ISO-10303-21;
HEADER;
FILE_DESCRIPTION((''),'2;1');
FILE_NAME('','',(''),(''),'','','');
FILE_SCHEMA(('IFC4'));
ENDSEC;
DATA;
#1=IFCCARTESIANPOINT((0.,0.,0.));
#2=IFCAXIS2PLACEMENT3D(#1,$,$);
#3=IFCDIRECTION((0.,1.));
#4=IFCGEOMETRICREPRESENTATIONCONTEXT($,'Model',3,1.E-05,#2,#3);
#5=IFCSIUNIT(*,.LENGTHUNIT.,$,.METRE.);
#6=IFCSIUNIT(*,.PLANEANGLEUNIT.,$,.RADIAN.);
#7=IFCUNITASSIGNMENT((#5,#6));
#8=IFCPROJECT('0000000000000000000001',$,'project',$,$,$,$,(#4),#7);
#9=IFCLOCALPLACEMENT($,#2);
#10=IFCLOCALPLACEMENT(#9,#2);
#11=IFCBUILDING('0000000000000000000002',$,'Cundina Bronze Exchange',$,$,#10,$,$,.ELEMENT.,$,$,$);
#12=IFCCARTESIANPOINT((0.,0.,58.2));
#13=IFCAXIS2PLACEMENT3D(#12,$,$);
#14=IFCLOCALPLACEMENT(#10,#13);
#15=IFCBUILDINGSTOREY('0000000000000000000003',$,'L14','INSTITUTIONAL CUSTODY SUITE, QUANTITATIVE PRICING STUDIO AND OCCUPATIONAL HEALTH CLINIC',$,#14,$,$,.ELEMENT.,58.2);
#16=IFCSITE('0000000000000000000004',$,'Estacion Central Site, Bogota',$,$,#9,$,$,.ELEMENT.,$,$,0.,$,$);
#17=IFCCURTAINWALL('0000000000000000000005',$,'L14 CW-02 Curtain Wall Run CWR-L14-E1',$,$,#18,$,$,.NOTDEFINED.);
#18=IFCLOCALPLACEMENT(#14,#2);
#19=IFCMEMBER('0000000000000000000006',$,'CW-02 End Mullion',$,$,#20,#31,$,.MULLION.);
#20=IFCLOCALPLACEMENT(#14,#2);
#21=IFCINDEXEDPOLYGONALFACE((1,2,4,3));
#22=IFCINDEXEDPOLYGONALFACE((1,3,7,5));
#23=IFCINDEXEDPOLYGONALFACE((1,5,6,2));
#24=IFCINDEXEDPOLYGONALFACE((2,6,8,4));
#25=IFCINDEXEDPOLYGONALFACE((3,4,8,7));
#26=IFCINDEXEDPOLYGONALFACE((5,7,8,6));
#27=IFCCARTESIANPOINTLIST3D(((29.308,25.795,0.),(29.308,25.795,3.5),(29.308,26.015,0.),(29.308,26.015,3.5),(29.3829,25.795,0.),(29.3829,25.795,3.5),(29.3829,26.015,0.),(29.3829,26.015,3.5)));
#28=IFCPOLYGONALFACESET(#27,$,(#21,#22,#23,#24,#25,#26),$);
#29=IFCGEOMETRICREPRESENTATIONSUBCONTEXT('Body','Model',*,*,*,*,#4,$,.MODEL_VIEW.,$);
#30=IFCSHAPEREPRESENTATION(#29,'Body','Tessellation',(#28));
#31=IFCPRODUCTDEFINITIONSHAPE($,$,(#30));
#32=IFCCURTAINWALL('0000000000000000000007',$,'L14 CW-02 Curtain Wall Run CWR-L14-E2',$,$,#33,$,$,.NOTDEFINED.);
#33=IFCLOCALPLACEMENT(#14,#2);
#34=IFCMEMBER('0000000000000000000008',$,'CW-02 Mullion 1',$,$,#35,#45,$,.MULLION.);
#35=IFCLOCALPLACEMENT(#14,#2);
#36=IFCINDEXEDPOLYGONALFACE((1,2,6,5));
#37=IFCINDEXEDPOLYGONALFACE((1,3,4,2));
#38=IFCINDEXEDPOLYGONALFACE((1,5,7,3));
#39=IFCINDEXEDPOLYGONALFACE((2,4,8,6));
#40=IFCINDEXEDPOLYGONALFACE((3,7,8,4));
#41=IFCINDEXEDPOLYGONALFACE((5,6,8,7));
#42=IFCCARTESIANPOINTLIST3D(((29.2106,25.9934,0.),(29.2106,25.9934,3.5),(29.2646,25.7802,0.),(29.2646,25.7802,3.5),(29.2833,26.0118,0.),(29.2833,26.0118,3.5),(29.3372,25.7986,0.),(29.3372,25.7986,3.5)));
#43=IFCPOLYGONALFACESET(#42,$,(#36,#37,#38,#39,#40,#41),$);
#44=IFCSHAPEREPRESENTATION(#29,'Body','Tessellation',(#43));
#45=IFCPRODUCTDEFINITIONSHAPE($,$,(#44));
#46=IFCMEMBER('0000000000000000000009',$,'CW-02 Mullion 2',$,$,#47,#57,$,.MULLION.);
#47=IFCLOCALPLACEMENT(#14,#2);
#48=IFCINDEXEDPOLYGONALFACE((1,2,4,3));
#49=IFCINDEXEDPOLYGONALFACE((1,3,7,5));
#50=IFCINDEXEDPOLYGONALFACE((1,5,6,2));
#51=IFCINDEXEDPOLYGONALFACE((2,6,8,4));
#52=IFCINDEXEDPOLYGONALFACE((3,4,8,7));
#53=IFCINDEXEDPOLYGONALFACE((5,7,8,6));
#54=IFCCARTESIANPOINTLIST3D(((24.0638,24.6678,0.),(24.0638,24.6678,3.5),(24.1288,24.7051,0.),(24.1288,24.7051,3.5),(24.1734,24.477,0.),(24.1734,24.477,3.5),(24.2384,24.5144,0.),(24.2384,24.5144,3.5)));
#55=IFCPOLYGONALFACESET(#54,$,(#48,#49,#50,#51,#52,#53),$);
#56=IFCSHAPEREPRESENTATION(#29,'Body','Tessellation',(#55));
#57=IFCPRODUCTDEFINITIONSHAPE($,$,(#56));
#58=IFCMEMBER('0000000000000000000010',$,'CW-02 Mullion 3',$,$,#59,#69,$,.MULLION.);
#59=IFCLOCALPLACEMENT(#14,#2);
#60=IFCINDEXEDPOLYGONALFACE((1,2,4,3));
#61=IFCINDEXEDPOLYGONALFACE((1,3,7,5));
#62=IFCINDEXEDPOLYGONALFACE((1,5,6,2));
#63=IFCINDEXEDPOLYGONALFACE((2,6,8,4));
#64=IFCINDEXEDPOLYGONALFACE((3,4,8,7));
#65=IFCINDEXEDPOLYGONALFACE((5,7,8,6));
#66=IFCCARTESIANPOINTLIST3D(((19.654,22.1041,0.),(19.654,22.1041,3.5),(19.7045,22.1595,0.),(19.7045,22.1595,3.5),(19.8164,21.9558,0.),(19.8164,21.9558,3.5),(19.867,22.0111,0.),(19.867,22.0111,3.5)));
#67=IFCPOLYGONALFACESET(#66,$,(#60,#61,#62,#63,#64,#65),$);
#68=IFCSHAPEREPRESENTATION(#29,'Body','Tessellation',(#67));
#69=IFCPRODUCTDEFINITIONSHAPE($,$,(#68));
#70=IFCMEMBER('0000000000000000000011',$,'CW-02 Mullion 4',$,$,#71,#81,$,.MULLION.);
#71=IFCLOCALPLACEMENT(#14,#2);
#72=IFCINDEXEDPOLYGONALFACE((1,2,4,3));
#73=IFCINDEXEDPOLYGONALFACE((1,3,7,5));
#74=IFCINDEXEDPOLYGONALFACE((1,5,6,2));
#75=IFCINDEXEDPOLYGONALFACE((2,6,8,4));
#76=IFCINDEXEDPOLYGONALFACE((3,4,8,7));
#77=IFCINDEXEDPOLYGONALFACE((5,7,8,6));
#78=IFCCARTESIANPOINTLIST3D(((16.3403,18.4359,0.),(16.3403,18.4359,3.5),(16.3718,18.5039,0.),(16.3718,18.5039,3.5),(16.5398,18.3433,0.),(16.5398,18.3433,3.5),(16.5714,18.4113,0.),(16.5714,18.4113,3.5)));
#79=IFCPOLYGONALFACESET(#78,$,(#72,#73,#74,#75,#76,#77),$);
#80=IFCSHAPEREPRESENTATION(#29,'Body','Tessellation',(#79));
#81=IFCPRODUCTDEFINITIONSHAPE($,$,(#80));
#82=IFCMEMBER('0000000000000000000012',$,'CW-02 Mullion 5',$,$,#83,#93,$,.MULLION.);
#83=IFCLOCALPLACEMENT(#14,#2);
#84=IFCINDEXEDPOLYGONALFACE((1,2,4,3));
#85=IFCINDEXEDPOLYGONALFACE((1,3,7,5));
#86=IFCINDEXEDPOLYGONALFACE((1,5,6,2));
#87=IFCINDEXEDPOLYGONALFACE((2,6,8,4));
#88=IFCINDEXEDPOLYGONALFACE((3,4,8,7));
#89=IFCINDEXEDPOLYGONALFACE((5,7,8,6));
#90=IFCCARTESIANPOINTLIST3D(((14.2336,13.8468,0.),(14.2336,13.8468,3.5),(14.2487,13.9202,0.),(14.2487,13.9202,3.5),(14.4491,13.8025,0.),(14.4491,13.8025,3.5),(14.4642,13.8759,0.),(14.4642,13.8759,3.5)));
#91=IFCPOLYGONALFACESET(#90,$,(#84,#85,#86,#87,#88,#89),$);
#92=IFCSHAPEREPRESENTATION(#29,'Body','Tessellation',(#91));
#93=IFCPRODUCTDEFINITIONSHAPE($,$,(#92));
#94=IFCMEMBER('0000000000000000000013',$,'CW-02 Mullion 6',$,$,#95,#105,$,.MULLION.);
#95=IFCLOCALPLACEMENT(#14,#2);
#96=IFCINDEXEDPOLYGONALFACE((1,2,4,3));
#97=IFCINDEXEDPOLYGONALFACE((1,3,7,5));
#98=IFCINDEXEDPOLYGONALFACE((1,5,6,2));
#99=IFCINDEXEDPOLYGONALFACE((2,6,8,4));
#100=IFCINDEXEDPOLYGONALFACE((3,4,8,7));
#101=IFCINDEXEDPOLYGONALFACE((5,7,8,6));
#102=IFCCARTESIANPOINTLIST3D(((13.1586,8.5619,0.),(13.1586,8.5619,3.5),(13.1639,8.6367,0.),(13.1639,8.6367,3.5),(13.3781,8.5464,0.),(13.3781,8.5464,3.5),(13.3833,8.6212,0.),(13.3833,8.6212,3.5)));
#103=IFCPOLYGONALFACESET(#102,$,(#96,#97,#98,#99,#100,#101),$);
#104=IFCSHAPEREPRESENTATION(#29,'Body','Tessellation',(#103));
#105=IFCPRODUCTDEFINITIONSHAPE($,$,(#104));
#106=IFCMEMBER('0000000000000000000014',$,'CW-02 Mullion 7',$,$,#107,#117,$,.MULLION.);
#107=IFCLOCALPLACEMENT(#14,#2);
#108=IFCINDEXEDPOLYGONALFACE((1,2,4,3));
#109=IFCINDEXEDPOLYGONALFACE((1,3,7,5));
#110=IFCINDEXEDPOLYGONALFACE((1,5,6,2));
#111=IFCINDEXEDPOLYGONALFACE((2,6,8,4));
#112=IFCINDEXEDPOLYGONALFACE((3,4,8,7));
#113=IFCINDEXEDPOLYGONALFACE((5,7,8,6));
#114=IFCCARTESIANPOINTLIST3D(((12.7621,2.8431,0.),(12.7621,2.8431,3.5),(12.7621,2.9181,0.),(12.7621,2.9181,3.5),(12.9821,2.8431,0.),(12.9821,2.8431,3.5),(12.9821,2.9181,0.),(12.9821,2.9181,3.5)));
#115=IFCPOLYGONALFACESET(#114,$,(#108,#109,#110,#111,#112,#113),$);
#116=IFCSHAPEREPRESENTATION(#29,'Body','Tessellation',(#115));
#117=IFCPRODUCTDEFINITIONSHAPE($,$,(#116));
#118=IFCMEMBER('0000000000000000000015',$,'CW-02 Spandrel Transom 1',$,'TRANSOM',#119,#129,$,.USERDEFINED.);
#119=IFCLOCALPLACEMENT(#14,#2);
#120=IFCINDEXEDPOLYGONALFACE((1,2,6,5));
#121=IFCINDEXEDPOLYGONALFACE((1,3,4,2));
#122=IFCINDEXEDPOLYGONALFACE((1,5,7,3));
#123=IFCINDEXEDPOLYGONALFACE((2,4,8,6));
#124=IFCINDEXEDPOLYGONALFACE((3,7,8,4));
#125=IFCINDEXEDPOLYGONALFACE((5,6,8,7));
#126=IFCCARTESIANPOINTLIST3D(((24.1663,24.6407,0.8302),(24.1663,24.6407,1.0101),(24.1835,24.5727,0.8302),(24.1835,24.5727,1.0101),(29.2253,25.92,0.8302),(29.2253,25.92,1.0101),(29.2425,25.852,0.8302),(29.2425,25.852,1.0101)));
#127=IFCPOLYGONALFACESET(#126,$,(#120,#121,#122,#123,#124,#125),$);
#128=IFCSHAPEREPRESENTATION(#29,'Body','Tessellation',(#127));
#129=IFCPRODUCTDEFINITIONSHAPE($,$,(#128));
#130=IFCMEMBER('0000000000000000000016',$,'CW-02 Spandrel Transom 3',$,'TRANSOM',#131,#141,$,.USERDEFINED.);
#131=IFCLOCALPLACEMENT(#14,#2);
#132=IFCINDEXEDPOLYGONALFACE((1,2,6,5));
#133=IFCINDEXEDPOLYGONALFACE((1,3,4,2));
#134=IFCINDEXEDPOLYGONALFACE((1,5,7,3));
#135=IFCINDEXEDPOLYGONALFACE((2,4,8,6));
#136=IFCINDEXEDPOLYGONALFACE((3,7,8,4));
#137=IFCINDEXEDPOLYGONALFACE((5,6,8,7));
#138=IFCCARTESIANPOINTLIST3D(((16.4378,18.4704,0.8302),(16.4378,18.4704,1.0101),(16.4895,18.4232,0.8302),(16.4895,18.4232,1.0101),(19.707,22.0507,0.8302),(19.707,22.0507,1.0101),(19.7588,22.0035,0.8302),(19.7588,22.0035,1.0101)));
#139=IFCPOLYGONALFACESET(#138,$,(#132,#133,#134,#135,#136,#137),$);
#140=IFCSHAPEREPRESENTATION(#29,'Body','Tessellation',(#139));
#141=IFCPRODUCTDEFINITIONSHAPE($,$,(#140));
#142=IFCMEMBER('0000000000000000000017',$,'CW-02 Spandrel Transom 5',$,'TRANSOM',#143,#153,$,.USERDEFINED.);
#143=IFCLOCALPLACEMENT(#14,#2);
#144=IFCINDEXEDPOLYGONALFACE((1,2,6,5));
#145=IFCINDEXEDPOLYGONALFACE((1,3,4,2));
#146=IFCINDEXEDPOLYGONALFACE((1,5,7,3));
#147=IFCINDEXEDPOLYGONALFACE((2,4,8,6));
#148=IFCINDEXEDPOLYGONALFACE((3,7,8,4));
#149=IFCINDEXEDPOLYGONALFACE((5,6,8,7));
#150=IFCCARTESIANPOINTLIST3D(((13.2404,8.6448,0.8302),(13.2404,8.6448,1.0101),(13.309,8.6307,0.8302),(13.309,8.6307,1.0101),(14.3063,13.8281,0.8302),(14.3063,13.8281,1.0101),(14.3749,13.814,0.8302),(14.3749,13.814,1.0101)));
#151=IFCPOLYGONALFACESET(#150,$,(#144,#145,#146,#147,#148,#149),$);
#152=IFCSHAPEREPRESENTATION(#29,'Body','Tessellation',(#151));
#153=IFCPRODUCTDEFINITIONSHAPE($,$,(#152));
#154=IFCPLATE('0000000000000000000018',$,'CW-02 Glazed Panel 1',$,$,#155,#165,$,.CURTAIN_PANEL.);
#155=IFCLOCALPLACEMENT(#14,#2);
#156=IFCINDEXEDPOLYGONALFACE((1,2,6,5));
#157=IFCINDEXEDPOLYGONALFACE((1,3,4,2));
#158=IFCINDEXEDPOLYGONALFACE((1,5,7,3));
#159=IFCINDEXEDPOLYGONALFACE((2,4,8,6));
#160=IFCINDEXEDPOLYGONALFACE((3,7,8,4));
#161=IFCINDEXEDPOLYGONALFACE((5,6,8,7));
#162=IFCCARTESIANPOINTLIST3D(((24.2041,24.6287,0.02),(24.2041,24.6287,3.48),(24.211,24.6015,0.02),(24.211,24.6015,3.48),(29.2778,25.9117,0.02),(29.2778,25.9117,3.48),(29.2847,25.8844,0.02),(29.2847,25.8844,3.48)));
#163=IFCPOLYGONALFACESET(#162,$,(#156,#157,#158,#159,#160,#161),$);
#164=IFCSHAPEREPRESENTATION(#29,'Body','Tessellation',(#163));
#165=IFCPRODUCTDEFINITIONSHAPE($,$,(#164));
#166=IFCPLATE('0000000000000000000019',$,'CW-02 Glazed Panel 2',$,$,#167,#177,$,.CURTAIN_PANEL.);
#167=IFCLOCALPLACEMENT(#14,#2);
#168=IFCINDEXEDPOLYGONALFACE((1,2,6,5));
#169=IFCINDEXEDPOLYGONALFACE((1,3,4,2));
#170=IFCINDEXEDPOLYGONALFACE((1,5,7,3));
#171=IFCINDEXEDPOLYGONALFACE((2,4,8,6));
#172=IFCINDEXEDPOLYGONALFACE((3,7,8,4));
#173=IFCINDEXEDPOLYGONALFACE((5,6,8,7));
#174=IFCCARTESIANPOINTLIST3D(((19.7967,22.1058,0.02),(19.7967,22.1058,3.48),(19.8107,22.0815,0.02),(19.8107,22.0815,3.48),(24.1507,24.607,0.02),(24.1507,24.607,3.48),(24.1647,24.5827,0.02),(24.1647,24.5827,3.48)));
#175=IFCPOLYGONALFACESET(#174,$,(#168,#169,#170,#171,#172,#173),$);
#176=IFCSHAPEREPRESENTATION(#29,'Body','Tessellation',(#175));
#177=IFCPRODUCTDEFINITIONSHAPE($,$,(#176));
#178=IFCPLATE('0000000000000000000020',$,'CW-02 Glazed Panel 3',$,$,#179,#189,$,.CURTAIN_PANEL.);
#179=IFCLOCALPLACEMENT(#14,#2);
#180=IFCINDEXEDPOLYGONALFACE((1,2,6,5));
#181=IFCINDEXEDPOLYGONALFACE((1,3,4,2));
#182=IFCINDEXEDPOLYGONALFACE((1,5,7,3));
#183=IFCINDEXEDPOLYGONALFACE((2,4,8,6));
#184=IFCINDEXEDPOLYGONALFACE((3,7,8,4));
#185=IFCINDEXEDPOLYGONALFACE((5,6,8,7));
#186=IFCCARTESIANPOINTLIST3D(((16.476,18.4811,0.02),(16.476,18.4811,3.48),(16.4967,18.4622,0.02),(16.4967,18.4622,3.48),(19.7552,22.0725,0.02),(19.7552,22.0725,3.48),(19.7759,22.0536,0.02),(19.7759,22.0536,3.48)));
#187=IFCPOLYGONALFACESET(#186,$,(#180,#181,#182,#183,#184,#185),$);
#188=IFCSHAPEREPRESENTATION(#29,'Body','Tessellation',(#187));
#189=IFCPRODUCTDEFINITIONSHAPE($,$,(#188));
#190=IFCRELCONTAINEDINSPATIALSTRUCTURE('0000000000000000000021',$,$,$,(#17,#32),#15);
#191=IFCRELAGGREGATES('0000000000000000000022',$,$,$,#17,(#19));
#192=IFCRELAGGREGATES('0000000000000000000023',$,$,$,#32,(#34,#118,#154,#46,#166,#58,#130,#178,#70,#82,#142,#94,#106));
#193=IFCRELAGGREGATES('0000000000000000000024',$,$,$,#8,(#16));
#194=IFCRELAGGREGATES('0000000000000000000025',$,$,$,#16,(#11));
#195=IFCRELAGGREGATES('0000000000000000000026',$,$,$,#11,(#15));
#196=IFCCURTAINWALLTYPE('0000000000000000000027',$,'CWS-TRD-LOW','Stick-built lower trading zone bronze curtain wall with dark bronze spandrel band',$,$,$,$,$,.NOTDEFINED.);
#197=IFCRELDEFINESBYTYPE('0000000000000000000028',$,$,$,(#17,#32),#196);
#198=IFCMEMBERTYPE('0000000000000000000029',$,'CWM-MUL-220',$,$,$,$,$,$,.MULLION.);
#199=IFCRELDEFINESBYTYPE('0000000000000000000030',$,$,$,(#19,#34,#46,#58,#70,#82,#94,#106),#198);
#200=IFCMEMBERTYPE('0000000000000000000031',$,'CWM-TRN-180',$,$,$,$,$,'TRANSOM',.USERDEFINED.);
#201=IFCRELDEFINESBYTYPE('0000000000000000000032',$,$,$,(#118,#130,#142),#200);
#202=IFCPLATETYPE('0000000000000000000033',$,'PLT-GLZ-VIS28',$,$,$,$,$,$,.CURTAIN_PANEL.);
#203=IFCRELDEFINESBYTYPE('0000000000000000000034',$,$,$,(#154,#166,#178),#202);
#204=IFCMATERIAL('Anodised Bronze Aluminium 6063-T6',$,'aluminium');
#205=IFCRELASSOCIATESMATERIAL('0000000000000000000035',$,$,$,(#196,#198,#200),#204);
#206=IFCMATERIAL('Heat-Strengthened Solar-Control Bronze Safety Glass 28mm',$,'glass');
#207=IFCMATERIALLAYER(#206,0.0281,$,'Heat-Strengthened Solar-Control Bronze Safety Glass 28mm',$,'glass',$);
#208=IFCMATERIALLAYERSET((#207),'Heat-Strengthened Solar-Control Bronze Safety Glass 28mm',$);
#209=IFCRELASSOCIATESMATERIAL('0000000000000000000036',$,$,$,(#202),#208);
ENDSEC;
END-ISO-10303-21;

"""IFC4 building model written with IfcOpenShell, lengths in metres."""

from ifc_helpers import new_model, si_unit, direction, frame, origin, origin_2d, place, context, subcontext, project, spatial, rectangle, extrude, material, layer, layer_set, material_profile, profile_set, type_object, element, aggregate, save


model = new_model("IFC4")

# Units and contexts
model_context = context("Model", 3, precision=1e-05, world=origin(), true_north=direction((0.0, 1.0)))
body_context = subcontext(model_context, "Body", "Model", "MODEL_VIEW")
ifc_project = project(units=[si_unit("LENGTHUNIT", "METRE"), si_unit("PLANEANGLEUNIT", "RADIAN")], contexts=[model_context])

# Site, building, storey
site_placement = place(None, origin())
site = spatial("IfcSite", under=ifc_project, at=site_placement, Name="Estacion Central Site, Bogota", CompositionType="ELEMENT", RefElevation=0.0)
building_placement = place(site_placement, origin())
building = spatial("IfcBuilding", under=site, at=building_placement, Name="Cundina Bronze Exchange", CompositionType="ELEMENT")
storey_placement = place(building_placement, frame((0.0, 0.0, 58.2)))
storey = spatial("IfcBuildingStorey", under=building, at=storey_placement, Name="L14", Description="INSTITUTIONAL CUSTODY SUITE, QUANTITATIVE PRICING STUDIO AND OCCUPATIONAL HEALTH CLINIC", CompositionType="ELEMENT", Elevation=58.2)

# Curtain wall, member
ifc_material_1 = material(Name="Anodised Bronze Aluminium 6063-T6", Category="aluminium")
curtain_wall_type = type_object("IfcCurtainWallType", Name="CWS-TRD-LOW", Description="Stick-built lower trading zone bronze curtain wall with dark bronze spandrel band", PredefinedType="NOTDEFINED", material=ifc_material_1)
curtain_wall_1_placement = place(storey_placement, origin())
curtain_wall_1 = element("IfcCurtainWall", 1, at=curtain_wall_1_placement, inside=storey, type_object=curtain_wall_type, Name="L14 CW-02 Curtain Wall Run CWR-L14-E1", PredefinedType="NOTDEFINED")
ifc_material_profile_1 = material_profile(ifc_material_1, rectangle(XDim=0.075, YDim=0.22, at=origin_2d()), Name="AL75X220", Category="aluminium")
ifc_profile_set_1 = profile_set([ifc_material_profile_1], Name="Anodised Bronze Aluminium 6063-T6")
member_type_1 = type_object("IfcMemberType", Name="CWM-MUL-220", PredefinedType="MULLION", material=ifc_profile_set_1)
member_1_placement = place(storey_placement, frame((29.3455, 25.905, 0.0), z_axis=(0.0, 0.0, 1.0), x_axis=(-1.0, 0.0, 0.0)))
member_1 = element("IfcMember", 2, at=member_1_placement, type_object=member_type_1, Name="CW-02 End Mullion", PredefinedType="MULLION", context=body_context, shape_type="SweptSolid", body=[
    extrude(rectangle(XDim=0.075, YDim=0.22, at=origin_2d()), origin(), (0.0, 0.0, 1.0), 3.5),
])
aggregate(curtain_wall_1, [member_1])

# Curtain wall, members, plates
curtain_wall_2_placement = place(storey_placement, origin())
curtain_wall_2 = element("IfcCurtainWall", 3, at=curtain_wall_2_placement, inside=storey, type_object=curtain_wall_type, Name="L14 CW-02 Curtain Wall Run CWR-L14-E2", PredefinedType="NOTDEFINED")
member_2_placement = place(storey_placement, frame((29.2739, 25.896, 0.0), z_axis=(0.0, 0.0, 1.0), x_axis=(-0.969488, -0.245138, 0.0)))
member_2 = element("IfcMember", 4, at=member_2_placement, type_object=member_type_1, Name="CW-02 Mullion 1", PredefinedType="MULLION", context=body_context, shape_type="SweptSolid", body=[
    extrude(rectangle(XDim=0.075, YDim=0.22, at=origin_2d()), origin(), (0.0, 0.0, 1.0), 3.5),
])
member_3_placement = place(storey_placement, frame((24.1511, 24.5911, 0.0), z_axis=(0.0, 0.0, 1.0), x_axis=(-0.867071, -0.498185, 0.0)))
member_3 = element("IfcMember", 5, at=member_3_placement, type_object=member_type_1, Name="CW-02 Mullion 2", PredefinedType="MULLION", context=body_context, shape_type="SweptSolid", body=[
    extrude(rectangle(XDim=0.075, YDim=0.22, at=origin_2d()), origin(), (0.0, 0.0, 1.0), 3.5),
])
member_4_placement = place(storey_placement, frame((19.7605, 22.0576, 0.0), z_axis=(0.0, 0.0, 1.0), x_axis=(-0.674302, -0.738455, 0.0)))
member_4 = element("IfcMember", 6, at=member_4_placement, type_object=member_type_1, Name="CW-02 Mullion 3", PredefinedType="MULLION", context=body_context, shape_type="SweptSolid", body=[
    extrude(rectangle(XDim=0.075, YDim=0.22, at=origin_2d()), origin(), (0.0, 0.0, 1.0), 3.5),
])
member_5_placement = place(storey_placement, frame((16.4558, 18.4236, 0.0), z_axis=(0.0, 0.0, 1.0), x_axis=(-0.420877, -0.907117, 0.0)))
member_5 = element("IfcMember", 7, at=member_5_placement, type_object=member_type_1, Name="CW-02 Mullion 4", PredefinedType="MULLION", context=body_context, shape_type="SweptSolid", body=[
    extrude(rectangle(XDim=0.075, YDim=0.22, at=origin_2d()), origin(), (0.0, 0.0, 1.0), 3.5),
])
member_6_placement = place(storey_placement, frame((14.3489, 13.8613, 0.0), z_axis=(0.0, 0.0, 1.0), x_axis=(-0.20142, -0.979505, 0.0)))
member_6 = element("IfcMember", 8, at=member_6_placement, type_object=member_type_1, Name="CW-02 Mullion 5", PredefinedType="MULLION", context=body_context, shape_type="SweptSolid", body=[
    extrude(rectangle(XDim=0.075, YDim=0.22, at=origin_2d()), origin(), (0.0, 0.0, 1.0), 3.5),
])
member_7_placement = place(storey_placement, frame((13.271, 8.5916, 0.0), z_axis=(0.0, 0.0, 1.0), x_axis=(-0.070279, -0.997527, 0.0)))
member_7 = element("IfcMember", 9, at=member_7_placement, type_object=member_type_1, Name="CW-02 Mullion 6", PredefinedType="MULLION", context=body_context, shape_type="SweptSolid", body=[
    extrude(rectangle(XDim=0.075, YDim=0.22, at=origin_2d()), origin(), (0.0, 0.0, 1.0), 3.5),
])
member_8_placement = place(storey_placement, frame((12.8721, 2.8806, 0.0), z_axis=(0.0, 0.0, 1.0), x_axis=(0.0, -1.0, 0.0)))
member_8 = element("IfcMember", 10, at=member_8_placement, type_object=member_type_1, Name="CW-02 Mullion 7", PredefinedType="MULLION", context=body_context, shape_type="SweptSolid", body=[
    extrude(rectangle(XDim=0.075, YDim=0.22, at=origin_2d()), origin(), (0.0, 0.0, 1.0), 3.5),
])
ifc_material_profile_2 = material_profile(ifc_material_1, rectangle(XDim=0.0701, YDim=0.1799, at=origin_2d()), Name="AL70X180", Category="aluminium")
ifc_profile_set_2 = profile_set([ifc_material_profile_2], Name="Anodised Bronze Aluminium 6063-T6")
member_type_2 = type_object("IfcMemberType", Name="CWM-TRN-180", ElementType="TRANSOM", PredefinedType="USERDEFINED", material=ifc_profile_set_2)
member_9_placement = place(storey_placement, frame((29.2339, 25.886, 0.9202), z_axis=(-0.969484, -0.245155, 0.0), x_axis=(0.245155, -0.969484, 0.0)))
member_9 = element("IfcMember", 11, at=member_9_placement, type_object=member_type_2, Name="CW-02 Spandrel Transom 1", ObjectType="TRANSOM", PredefinedType="USERDEFINED", context=body_context, shape_type="SweptSolid", body=[
    extrude(rectangle(XDim=0.0701, YDim=0.1799, at=origin_2d()), origin(), (0.0, 0.0, 1.0), 5.2183),
])
member_10_placement = place(storey_placement, frame((19.7329, 22.0271, 0.9202), z_axis=(-0.674303, -0.738455, 0.0), x_axis=(0.738455, -0.674303, 0.0)))
member_10 = element("IfcMember", 12, at=member_10_placement, type_object=member_type_2, Name="CW-02 Spandrel Transom 3", ObjectType="TRANSOM", PredefinedType="USERDEFINED", context=body_context, shape_type="SweptSolid", body=[
    extrude(rectangle(XDim=0.0701, YDim=0.1799, at=origin_2d()), origin(), (0.0, 0.0, 1.0), 4.8484),
])
member_11_placement = place(storey_placement, frame((14.3406, 13.821, 0.9202), z_axis=(-0.201428, -0.979503, 0.0), x_axis=(0.979503, -0.201428, 0.0)))
member_11 = element("IfcMember", 13, at=member_11_placement, type_object=member_type_2, Name="CW-02 Spandrel Transom 5", ObjectType="TRANSOM", PredefinedType="USERDEFINED", context=body_context, shape_type="SweptSolid", body=[
    extrude(rectangle(XDim=0.0701, YDim=0.1799, at=origin_2d()), origin(), (0.0, 0.0, 1.0), 5.2917),
])
ifc_material_2 = material(Name="Heat-Strengthened Solar-Control Bronze Safety Glass 28mm", Category="glass")
ifc_layer_1 = layer(ifc_material_2, 0.0281, Name="Heat-Strengthened Solar-Control Bronze Safety Glass 28mm", Category="glass")
ifc_layer_set_1 = layer_set([ifc_layer_1], Name="Heat-Strengthened Solar-Control Bronze Safety Glass 28mm")
plate_type_1 = type_object("IfcPlateType", Name="PLT-GLZ-VIS28", PredefinedType="CURTAIN_PANEL", material=ifc_layer_set_1)
plate_1_placement = place(storey_placement, frame((26.7444, 25.2566, 0.02), z_axis=(0.0, 0.0, 1.0), x_axis=(-0.969488, -0.245138, 0.0)))
plate_1 = element("IfcPlate", 14, at=plate_1_placement, type_object=plate_type_1, Name="CW-02 Glazed Panel 1", PredefinedType="CURTAIN_PANEL", context=body_context, shape_type="SweptSolid", body=[
    extrude(rectangle(XDim=5.2334, YDim=0.0281, at=origin_2d()), origin(), (0.0, 0.0, 1.0), 3.46),
])
plate_2_placement = place(storey_placement, frame((21.9807, 23.3442, 0.02), z_axis=(0.0, 0.0, 1.0), x_axis=(-0.867105, -0.498125, 0.0)))
plate_2 = element("IfcPlate", 15, at=plate_2_placement, type_object=plate_type_1, Name="CW-02 Glazed Panel 2", PredefinedType="CURTAIN_PANEL", context=body_context, shape_type="SweptSolid", body=[
    extrude(rectangle(XDim=5.0212, YDim=0.0281, at=origin_2d()), origin(), (0.0, 0.0, 1.0), 3.46),
])
plate_3_placement = place(storey_placement, frame((18.126, 20.2673, 0.02), z_axis=(0.0, 0.0, 1.0), x_axis=(-0.674277, -0.738479, 0.0)))
plate_3 = element("IfcPlate", 16, at=plate_3_placement, type_object=plate_type_1, Name="CW-02 Glazed Panel 3", PredefinedType="CURTAIN_PANEL", context=body_context, shape_type="SweptSolid", body=[
    extrude(rectangle(XDim=4.8633, YDim=0.0281, at=origin_2d()), origin(), (0.0, 0.0, 1.0), 3.46),
])
aggregate(curtain_wall_2, [member_2, member_9, plate_1, member_3, plate_2, member_4, member_10, plate_3, member_5, member_6, member_11, member_7, member_8])

save(model, "model.ifc")
